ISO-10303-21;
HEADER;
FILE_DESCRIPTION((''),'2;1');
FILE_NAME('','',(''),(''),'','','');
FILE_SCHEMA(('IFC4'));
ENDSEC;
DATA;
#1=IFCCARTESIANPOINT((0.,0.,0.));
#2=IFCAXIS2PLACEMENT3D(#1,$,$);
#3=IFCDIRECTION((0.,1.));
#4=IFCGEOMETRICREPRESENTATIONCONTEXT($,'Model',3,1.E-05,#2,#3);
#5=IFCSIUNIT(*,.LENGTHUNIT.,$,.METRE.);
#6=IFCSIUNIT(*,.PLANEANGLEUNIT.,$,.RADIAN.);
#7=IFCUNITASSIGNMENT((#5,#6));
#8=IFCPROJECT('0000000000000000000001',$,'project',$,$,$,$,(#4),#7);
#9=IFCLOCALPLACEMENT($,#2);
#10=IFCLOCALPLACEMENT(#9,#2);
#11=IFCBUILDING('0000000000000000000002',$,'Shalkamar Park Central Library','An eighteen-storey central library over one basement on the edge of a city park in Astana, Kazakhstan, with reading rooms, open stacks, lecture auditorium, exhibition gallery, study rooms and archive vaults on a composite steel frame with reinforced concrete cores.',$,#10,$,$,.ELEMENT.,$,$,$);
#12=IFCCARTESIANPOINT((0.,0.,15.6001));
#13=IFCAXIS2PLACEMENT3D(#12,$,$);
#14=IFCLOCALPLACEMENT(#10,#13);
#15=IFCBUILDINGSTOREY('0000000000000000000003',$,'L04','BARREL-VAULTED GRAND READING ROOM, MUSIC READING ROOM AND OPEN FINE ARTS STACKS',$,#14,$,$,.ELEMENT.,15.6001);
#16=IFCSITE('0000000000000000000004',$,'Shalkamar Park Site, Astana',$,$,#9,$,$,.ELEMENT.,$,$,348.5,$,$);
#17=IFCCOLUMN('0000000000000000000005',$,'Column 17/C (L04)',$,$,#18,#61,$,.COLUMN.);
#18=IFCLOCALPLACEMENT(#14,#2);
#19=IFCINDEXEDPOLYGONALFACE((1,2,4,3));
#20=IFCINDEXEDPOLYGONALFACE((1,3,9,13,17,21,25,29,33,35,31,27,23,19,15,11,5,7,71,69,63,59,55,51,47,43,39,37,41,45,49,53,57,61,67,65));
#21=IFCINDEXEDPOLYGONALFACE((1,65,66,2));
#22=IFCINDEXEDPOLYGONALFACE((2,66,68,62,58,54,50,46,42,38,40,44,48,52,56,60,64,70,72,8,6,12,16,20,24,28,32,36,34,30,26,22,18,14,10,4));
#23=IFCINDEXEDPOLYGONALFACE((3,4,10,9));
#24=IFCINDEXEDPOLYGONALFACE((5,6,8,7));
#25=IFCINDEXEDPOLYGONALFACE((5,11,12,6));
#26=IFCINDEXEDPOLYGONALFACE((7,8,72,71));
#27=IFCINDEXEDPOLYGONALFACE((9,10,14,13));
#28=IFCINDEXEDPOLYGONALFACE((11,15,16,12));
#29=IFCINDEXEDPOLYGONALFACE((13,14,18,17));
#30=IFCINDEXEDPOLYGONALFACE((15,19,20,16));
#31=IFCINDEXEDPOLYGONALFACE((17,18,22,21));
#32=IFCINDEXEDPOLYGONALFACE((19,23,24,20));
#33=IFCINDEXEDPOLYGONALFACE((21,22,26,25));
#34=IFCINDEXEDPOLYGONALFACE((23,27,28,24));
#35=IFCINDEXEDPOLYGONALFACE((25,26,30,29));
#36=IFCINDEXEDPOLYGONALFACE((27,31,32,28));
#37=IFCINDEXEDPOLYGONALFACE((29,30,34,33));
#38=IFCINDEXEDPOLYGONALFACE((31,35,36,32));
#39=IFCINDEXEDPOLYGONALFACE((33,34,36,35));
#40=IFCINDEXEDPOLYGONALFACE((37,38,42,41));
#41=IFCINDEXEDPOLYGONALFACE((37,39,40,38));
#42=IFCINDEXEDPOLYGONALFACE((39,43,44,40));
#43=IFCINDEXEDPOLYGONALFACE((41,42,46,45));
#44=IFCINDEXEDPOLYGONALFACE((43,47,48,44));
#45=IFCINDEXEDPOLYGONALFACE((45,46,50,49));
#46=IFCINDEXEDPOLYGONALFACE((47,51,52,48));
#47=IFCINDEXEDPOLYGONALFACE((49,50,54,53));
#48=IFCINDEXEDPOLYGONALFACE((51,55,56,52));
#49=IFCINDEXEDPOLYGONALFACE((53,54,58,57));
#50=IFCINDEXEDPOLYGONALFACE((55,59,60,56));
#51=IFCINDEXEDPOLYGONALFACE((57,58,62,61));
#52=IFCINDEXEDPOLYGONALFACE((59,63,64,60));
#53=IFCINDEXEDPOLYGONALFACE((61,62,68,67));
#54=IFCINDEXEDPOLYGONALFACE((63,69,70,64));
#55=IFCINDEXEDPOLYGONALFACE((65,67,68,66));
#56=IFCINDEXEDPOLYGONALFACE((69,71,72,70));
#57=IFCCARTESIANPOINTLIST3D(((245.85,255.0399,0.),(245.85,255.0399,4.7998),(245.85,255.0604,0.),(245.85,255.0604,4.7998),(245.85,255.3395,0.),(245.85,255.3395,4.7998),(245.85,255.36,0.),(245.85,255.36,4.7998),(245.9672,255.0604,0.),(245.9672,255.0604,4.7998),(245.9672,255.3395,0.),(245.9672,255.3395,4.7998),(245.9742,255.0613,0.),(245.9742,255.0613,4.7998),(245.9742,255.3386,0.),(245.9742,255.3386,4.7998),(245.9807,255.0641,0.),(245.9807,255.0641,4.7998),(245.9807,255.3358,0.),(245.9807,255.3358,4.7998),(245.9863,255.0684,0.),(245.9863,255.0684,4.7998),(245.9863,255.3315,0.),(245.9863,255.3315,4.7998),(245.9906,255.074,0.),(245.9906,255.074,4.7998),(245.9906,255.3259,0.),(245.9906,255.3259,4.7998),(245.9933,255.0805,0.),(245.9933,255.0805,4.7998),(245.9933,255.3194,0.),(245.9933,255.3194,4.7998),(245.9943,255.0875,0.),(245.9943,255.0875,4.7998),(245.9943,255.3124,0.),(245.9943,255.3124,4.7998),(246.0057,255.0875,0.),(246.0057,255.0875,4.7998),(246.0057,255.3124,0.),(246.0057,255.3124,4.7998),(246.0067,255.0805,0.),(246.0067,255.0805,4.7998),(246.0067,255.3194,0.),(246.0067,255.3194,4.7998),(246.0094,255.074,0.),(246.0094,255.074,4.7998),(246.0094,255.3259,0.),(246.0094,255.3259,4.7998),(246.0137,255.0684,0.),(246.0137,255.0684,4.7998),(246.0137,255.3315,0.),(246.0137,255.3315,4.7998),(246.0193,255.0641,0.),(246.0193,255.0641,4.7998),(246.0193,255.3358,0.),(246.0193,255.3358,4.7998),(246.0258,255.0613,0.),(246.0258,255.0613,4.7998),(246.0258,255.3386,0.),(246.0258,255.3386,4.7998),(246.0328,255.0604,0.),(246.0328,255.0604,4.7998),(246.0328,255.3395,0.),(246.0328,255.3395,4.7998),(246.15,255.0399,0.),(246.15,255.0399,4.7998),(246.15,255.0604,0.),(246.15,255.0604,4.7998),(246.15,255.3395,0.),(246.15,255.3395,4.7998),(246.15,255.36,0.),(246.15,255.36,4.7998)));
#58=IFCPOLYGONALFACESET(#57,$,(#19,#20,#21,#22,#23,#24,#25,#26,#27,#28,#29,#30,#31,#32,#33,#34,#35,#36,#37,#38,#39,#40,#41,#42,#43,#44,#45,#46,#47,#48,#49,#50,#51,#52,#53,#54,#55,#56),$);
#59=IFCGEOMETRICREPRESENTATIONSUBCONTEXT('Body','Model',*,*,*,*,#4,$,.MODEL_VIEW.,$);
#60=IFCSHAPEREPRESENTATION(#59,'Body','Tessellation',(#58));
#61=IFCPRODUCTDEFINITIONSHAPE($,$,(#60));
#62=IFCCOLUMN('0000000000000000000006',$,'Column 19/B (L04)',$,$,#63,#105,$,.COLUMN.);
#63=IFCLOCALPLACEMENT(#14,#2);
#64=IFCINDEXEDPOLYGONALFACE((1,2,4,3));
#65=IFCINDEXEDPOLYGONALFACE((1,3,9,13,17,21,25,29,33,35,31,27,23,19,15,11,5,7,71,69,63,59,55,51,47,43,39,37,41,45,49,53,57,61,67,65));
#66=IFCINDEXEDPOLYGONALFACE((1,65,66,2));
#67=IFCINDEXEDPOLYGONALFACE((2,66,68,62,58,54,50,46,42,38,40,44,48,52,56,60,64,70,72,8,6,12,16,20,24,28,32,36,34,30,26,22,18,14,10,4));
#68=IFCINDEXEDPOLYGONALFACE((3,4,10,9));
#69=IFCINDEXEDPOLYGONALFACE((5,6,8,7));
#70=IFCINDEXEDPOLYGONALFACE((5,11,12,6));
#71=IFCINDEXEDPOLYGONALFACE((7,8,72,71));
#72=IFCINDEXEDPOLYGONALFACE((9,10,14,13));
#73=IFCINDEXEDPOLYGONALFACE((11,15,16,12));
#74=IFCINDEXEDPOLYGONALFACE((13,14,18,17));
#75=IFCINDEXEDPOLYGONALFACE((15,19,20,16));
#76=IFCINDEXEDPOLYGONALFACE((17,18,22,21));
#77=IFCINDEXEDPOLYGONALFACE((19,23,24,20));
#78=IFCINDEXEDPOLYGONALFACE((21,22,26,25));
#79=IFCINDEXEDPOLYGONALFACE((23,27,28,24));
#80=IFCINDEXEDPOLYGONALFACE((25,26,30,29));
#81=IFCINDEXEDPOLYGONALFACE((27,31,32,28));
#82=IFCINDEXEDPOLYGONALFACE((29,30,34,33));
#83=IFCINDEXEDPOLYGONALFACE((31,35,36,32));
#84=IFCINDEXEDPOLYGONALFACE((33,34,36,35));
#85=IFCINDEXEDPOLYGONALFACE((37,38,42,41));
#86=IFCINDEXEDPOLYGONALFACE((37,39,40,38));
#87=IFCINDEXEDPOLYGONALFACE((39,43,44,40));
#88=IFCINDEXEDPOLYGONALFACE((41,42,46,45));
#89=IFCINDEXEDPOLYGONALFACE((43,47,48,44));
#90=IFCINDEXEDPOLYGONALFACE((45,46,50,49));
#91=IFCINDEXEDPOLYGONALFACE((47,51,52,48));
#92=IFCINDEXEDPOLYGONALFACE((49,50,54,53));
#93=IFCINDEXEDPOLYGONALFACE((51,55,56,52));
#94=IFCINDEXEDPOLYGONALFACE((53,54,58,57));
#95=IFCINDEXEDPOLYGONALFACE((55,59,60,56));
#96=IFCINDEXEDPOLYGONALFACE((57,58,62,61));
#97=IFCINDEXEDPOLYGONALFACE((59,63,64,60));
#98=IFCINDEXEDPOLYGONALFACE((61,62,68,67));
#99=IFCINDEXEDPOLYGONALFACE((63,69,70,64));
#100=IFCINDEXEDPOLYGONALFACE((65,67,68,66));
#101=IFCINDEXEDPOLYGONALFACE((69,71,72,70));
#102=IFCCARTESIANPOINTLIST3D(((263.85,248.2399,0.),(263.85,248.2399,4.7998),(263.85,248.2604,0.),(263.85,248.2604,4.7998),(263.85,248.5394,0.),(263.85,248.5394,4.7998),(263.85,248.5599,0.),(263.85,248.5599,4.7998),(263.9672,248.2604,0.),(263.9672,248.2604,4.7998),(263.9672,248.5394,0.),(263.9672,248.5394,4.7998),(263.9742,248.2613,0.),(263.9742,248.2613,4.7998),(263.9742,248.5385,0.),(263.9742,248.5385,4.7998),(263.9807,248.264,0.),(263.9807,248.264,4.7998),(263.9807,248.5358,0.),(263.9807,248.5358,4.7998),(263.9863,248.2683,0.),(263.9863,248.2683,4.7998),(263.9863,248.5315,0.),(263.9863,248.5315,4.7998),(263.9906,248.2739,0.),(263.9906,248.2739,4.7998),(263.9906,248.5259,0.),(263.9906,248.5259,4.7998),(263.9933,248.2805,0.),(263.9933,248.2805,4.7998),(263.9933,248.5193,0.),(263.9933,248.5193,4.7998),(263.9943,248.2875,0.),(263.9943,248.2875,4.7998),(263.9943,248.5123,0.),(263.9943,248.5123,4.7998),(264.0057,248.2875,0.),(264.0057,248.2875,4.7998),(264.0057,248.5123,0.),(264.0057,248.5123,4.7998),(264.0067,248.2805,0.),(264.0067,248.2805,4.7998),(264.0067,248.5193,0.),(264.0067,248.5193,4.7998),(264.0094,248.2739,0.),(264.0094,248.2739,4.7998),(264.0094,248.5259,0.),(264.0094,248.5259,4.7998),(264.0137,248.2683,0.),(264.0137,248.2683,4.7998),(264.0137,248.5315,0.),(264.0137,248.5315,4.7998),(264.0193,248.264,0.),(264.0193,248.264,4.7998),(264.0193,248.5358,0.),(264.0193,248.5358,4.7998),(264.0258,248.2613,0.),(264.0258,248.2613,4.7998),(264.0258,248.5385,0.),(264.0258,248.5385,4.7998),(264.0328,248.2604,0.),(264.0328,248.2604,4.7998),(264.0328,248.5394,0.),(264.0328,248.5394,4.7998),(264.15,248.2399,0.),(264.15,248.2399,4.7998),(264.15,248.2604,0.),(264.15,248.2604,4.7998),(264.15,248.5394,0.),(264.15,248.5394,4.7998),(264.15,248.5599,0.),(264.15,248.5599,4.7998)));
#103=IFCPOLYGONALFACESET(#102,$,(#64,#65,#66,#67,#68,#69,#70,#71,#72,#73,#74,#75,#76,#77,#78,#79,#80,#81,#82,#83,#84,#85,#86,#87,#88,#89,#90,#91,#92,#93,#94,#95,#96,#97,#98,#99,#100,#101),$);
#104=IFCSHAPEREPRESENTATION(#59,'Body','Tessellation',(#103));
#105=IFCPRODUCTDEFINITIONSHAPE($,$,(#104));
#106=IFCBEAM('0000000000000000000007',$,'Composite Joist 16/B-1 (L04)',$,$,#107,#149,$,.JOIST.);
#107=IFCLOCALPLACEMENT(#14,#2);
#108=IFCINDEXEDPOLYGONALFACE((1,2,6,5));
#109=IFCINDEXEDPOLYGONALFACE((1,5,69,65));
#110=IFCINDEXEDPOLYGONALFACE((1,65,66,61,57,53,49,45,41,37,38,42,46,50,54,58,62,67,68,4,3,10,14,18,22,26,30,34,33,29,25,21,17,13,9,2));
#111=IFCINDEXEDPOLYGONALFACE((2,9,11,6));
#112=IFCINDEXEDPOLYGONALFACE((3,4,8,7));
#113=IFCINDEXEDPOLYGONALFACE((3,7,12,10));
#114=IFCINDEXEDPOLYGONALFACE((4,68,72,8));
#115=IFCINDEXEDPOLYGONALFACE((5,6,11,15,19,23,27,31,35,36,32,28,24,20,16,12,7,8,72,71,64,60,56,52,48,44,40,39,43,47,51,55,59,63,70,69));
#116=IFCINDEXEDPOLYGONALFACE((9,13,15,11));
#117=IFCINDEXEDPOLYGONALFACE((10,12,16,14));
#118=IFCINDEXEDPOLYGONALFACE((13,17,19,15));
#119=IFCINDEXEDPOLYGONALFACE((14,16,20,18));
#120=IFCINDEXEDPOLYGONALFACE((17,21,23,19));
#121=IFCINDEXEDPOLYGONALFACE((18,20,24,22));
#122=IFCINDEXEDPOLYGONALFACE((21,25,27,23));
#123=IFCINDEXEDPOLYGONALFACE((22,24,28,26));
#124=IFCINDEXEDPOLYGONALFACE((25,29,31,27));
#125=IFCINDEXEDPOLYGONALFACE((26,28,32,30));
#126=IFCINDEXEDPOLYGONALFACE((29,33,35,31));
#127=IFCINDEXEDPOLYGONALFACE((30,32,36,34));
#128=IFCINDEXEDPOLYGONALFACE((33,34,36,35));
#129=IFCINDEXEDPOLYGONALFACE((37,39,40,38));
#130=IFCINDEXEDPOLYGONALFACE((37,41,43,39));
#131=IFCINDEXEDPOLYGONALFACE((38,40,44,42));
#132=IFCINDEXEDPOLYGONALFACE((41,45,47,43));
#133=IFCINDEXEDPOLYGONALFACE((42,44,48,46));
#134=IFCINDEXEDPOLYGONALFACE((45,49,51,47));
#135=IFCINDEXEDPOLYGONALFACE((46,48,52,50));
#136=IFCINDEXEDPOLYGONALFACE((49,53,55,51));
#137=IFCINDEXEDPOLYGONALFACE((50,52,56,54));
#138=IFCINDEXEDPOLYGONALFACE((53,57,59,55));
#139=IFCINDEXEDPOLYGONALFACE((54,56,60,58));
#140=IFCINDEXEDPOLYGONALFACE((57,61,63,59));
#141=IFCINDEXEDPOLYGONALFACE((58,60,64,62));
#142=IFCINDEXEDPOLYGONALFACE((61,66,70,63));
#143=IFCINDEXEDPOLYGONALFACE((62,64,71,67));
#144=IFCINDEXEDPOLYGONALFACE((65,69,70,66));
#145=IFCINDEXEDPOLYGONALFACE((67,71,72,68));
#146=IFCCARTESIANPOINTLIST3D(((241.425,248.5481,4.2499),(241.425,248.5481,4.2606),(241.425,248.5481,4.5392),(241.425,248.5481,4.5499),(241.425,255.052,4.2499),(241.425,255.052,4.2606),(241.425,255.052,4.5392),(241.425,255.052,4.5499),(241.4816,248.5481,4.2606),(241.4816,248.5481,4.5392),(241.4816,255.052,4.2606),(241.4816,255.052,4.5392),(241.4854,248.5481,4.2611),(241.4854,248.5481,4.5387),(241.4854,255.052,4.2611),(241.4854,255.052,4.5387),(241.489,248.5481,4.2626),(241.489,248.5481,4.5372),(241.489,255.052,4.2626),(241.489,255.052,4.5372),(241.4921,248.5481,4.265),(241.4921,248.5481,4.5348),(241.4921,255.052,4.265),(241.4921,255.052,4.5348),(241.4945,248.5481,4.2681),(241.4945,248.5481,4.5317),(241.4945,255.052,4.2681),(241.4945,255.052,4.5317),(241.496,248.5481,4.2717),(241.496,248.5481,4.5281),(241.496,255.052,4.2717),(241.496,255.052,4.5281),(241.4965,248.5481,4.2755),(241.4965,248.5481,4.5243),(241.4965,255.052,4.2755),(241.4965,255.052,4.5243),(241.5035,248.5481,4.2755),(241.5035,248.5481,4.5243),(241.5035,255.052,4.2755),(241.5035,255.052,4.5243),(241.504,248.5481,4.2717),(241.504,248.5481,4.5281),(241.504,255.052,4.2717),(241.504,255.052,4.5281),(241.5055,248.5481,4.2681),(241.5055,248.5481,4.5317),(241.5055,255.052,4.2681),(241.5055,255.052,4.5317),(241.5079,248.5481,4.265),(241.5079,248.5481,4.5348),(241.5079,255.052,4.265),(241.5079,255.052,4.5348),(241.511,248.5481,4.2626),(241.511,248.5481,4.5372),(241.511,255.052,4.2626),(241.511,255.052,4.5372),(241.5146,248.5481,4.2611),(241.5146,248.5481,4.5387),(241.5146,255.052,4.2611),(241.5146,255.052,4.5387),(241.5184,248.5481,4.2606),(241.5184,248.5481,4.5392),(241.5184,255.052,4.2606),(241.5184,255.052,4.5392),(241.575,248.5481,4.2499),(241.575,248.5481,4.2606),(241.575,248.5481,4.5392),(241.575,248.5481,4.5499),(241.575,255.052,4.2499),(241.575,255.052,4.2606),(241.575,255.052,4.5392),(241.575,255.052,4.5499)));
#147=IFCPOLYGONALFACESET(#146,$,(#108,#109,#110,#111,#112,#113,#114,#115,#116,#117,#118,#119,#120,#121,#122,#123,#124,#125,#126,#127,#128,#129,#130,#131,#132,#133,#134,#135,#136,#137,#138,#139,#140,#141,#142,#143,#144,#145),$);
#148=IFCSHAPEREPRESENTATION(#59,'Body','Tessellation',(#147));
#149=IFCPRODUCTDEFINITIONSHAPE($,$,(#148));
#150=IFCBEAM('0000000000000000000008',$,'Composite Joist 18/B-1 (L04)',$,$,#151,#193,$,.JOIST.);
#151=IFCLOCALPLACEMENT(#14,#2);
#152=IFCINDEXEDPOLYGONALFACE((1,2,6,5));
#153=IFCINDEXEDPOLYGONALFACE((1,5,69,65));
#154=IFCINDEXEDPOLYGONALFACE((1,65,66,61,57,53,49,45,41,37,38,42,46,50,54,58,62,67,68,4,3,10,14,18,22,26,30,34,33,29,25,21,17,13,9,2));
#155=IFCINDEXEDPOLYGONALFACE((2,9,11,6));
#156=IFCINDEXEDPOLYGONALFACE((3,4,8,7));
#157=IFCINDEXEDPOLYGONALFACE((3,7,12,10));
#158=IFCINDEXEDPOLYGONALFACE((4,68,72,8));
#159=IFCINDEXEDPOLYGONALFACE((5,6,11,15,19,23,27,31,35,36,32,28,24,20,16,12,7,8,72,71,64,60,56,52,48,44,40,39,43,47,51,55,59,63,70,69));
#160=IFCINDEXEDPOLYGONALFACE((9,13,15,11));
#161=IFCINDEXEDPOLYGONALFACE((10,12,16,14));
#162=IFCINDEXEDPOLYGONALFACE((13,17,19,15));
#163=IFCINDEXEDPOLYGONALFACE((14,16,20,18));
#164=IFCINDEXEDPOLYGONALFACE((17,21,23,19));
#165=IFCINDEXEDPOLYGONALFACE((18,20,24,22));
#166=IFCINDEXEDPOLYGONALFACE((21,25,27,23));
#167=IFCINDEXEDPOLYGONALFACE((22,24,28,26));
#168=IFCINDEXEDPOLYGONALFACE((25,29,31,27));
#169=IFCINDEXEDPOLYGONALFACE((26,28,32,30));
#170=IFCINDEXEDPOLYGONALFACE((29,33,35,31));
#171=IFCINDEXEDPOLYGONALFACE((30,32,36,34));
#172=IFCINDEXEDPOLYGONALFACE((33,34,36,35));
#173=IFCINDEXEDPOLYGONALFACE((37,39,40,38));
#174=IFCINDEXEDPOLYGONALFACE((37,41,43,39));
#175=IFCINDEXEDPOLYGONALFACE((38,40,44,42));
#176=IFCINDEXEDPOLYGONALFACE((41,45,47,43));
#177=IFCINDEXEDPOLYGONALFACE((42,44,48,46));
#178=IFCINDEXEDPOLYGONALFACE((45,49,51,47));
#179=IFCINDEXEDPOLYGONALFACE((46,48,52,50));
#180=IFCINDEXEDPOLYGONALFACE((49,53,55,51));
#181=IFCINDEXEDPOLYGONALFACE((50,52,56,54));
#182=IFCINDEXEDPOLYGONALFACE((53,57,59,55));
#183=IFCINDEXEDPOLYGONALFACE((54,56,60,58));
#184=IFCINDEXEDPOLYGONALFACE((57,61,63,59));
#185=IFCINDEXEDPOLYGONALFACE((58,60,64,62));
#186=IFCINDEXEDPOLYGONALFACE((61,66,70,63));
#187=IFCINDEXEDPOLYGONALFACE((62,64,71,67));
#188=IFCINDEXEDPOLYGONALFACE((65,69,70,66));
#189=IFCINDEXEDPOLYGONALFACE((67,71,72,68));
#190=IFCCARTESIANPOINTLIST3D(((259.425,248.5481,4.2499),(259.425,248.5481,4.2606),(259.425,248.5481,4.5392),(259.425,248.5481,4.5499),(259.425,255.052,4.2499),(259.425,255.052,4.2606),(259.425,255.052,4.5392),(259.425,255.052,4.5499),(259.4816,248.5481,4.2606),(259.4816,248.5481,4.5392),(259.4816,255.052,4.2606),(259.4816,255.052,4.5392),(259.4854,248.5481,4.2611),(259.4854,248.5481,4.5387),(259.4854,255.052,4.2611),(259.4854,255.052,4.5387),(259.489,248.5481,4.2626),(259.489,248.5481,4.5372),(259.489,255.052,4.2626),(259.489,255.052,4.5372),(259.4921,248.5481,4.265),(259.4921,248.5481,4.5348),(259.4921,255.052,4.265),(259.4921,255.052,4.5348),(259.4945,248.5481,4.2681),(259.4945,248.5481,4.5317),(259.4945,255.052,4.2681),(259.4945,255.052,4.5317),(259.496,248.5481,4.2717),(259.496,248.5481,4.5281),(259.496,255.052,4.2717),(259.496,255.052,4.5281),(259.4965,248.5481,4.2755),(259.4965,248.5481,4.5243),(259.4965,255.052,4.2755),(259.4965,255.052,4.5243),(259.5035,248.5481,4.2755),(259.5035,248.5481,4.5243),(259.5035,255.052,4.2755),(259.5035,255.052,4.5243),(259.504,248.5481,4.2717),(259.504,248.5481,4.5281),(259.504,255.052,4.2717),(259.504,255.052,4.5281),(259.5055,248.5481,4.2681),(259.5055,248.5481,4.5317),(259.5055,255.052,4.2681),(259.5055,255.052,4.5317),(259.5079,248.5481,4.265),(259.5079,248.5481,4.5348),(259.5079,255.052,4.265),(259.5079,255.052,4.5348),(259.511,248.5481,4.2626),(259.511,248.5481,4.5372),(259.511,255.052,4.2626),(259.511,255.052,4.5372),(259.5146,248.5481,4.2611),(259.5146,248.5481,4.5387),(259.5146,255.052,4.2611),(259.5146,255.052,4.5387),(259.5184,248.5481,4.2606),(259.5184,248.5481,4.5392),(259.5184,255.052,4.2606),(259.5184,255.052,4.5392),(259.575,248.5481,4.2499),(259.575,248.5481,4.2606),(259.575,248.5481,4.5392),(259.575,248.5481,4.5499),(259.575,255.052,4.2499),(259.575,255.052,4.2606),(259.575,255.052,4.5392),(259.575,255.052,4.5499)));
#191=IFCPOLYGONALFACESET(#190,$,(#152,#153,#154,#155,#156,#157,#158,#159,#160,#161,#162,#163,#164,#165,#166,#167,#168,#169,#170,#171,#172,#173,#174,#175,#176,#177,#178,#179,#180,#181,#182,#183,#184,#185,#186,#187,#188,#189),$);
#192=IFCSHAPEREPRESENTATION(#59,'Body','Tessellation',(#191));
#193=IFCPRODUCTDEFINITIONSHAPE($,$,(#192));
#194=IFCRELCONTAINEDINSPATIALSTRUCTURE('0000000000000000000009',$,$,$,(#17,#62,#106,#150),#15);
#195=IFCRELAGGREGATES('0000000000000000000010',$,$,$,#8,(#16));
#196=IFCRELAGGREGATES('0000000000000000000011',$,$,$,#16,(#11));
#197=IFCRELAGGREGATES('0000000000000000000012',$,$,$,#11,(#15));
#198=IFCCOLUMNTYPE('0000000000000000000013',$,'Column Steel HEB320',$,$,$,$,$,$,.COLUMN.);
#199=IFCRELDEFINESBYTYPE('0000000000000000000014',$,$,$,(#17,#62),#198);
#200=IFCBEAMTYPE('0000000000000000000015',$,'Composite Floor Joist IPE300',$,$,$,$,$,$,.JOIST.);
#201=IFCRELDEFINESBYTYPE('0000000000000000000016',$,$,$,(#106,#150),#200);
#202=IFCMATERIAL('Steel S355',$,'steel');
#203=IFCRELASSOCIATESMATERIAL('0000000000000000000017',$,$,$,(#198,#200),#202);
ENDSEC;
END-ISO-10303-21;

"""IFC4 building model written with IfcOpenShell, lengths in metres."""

from ifc_helpers import new_model, si_unit, direction, frame, origin, origin_2d, place, context, subcontext, project, spatial, i_section, extrude, material, material_profile, profile_set, type_object, element, save


model = new_model("IFC4")

# Units and contexts
model_context = context("Model", 3, precision=1e-05, world=origin(), true_north=direction((0.0, 1.0)))
body_context = subcontext(model_context, "Body", "Model", "MODEL_VIEW")
ifc_project = project(units=[si_unit("LENGTHUNIT", "METRE"), si_unit("PLANEANGLEUNIT", "RADIAN")], contexts=[model_context])

# Site, building, storey
site_placement = place(None, origin())
site = spatial("IfcSite", under=ifc_project, at=site_placement, Name="Shalkamar Park Site, Astana", CompositionType="ELEMENT", RefElevation=348.5)
building_placement = place(site_placement, origin())
building = spatial("IfcBuilding", under=site, at=building_placement, Name="Shalkamar Park Central Library", Description="An eighteen-storey central library over one basement on the edge of a city park in Astana, Kazakhstan, with reading rooms, open stacks, lecture auditorium, exhibition gallery, study rooms and archive vaults on a composite steel frame with reinforced concrete cores.", CompositionType="ELEMENT")
storey_placement = place(building_placement, frame((0.0, 0.0, 15.6001)))
storey = spatial("IfcBuildingStorey", under=building, at=storey_placement, Name="L04", Description="BARREL-VAULTED GRAND READING ROOM, MUSIC READING ROOM AND OPEN FINE ARTS STACKS", CompositionType="ELEMENT", Elevation=15.6001)

# Columns
ifc_material_1 = material(Name="Steel S355", Category="steel")
ifc_material_profile_1 = material_profile(ifc_material_1, i_section(OverallWidth=0.3, OverallDepth=0.3201, WebThickness=0.0115, FlangeThickness=0.0205, FilletRadius=0.0271, at=origin_2d()), Name="HEB 320")
ifc_profile_set_1 = profile_set([ifc_material_profile_1], Name="Steel S355")
column_type_1 = type_object("IfcColumnType", Name="Column Steel HEB320", PredefinedType="COLUMN", material=ifc_profile_set_1)
for number, where, z_axis, x_axis, name in (
    (1, (246.0, 255.2, 0.0), (0.0, 0.0, 1.0), (1.0, 0.0, 0.0), "Column 17/C (L04)"),
    (2, (264.0, 248.3999, 0.0), (0.0, 0.0, 1.0), (1.0, 0.0, 0.0), "Column 19/B (L04)"),
):
    element("IfcColumn", number, at=place(storey_placement, frame(where, z_axis=z_axis, x_axis=x_axis)), inside=storey, type_object=column_type_1, Name=name, PredefinedType="COLUMN", context=body_context, shape_type="SweptSolid", body=[
        extrude(i_section(OverallWidth=0.3, OverallDepth=0.3201, WebThickness=0.0115, FlangeThickness=0.0205, FilletRadius=0.0271, at=origin_2d()), origin(), (0.0, 0.0, 1.0), 4.7998),
    ])

# Beams
ifc_material_profile_2 = material_profile(ifc_material_1, i_section(OverallWidth=0.1499, OverallDepth=0.3, WebThickness=0.0071, FlangeThickness=0.0107, FilletRadius=0.0149, at=origin_2d()), Name="IPE 300")
ifc_profile_set_2 = profile_set([ifc_material_profile_2], Name="Steel S355")
beam_type_1 = type_object("IfcBeamType", Name="Composite Floor Joist IPE300", PredefinedType="JOIST", material=ifc_profile_set_2)
for number, where, z_axis, x_axis, name in (
    (3, (241.5, 248.5481, 4.3999), (0.0, 1.0, 0.0), (-1.0, 0.0, 0.0), "Composite Joist 16/B-1 (L04)"),
    (4, (259.5, 248.5481, 4.3999), (0.0, 1.0, 0.0), (-1.0, 0.0, 0.0), "Composite Joist 18/B-1 (L04)"),
):
    element("IfcBeam", number, at=place(storey_placement, frame(where, z_axis=z_axis, x_axis=x_axis)), inside=storey, type_object=beam_type_1, Name=name, PredefinedType="JOIST", context=body_context, shape_type="SweptSolid", body=[
        extrude(i_section(OverallWidth=0.1499, OverallDepth=0.3, WebThickness=0.0071, FlangeThickness=0.0107, FilletRadius=0.0149, at=origin_2d()), origin(), (0.0, 0.0, 1.0), 6.5039),
    ])

save(model, "model.ifc")
